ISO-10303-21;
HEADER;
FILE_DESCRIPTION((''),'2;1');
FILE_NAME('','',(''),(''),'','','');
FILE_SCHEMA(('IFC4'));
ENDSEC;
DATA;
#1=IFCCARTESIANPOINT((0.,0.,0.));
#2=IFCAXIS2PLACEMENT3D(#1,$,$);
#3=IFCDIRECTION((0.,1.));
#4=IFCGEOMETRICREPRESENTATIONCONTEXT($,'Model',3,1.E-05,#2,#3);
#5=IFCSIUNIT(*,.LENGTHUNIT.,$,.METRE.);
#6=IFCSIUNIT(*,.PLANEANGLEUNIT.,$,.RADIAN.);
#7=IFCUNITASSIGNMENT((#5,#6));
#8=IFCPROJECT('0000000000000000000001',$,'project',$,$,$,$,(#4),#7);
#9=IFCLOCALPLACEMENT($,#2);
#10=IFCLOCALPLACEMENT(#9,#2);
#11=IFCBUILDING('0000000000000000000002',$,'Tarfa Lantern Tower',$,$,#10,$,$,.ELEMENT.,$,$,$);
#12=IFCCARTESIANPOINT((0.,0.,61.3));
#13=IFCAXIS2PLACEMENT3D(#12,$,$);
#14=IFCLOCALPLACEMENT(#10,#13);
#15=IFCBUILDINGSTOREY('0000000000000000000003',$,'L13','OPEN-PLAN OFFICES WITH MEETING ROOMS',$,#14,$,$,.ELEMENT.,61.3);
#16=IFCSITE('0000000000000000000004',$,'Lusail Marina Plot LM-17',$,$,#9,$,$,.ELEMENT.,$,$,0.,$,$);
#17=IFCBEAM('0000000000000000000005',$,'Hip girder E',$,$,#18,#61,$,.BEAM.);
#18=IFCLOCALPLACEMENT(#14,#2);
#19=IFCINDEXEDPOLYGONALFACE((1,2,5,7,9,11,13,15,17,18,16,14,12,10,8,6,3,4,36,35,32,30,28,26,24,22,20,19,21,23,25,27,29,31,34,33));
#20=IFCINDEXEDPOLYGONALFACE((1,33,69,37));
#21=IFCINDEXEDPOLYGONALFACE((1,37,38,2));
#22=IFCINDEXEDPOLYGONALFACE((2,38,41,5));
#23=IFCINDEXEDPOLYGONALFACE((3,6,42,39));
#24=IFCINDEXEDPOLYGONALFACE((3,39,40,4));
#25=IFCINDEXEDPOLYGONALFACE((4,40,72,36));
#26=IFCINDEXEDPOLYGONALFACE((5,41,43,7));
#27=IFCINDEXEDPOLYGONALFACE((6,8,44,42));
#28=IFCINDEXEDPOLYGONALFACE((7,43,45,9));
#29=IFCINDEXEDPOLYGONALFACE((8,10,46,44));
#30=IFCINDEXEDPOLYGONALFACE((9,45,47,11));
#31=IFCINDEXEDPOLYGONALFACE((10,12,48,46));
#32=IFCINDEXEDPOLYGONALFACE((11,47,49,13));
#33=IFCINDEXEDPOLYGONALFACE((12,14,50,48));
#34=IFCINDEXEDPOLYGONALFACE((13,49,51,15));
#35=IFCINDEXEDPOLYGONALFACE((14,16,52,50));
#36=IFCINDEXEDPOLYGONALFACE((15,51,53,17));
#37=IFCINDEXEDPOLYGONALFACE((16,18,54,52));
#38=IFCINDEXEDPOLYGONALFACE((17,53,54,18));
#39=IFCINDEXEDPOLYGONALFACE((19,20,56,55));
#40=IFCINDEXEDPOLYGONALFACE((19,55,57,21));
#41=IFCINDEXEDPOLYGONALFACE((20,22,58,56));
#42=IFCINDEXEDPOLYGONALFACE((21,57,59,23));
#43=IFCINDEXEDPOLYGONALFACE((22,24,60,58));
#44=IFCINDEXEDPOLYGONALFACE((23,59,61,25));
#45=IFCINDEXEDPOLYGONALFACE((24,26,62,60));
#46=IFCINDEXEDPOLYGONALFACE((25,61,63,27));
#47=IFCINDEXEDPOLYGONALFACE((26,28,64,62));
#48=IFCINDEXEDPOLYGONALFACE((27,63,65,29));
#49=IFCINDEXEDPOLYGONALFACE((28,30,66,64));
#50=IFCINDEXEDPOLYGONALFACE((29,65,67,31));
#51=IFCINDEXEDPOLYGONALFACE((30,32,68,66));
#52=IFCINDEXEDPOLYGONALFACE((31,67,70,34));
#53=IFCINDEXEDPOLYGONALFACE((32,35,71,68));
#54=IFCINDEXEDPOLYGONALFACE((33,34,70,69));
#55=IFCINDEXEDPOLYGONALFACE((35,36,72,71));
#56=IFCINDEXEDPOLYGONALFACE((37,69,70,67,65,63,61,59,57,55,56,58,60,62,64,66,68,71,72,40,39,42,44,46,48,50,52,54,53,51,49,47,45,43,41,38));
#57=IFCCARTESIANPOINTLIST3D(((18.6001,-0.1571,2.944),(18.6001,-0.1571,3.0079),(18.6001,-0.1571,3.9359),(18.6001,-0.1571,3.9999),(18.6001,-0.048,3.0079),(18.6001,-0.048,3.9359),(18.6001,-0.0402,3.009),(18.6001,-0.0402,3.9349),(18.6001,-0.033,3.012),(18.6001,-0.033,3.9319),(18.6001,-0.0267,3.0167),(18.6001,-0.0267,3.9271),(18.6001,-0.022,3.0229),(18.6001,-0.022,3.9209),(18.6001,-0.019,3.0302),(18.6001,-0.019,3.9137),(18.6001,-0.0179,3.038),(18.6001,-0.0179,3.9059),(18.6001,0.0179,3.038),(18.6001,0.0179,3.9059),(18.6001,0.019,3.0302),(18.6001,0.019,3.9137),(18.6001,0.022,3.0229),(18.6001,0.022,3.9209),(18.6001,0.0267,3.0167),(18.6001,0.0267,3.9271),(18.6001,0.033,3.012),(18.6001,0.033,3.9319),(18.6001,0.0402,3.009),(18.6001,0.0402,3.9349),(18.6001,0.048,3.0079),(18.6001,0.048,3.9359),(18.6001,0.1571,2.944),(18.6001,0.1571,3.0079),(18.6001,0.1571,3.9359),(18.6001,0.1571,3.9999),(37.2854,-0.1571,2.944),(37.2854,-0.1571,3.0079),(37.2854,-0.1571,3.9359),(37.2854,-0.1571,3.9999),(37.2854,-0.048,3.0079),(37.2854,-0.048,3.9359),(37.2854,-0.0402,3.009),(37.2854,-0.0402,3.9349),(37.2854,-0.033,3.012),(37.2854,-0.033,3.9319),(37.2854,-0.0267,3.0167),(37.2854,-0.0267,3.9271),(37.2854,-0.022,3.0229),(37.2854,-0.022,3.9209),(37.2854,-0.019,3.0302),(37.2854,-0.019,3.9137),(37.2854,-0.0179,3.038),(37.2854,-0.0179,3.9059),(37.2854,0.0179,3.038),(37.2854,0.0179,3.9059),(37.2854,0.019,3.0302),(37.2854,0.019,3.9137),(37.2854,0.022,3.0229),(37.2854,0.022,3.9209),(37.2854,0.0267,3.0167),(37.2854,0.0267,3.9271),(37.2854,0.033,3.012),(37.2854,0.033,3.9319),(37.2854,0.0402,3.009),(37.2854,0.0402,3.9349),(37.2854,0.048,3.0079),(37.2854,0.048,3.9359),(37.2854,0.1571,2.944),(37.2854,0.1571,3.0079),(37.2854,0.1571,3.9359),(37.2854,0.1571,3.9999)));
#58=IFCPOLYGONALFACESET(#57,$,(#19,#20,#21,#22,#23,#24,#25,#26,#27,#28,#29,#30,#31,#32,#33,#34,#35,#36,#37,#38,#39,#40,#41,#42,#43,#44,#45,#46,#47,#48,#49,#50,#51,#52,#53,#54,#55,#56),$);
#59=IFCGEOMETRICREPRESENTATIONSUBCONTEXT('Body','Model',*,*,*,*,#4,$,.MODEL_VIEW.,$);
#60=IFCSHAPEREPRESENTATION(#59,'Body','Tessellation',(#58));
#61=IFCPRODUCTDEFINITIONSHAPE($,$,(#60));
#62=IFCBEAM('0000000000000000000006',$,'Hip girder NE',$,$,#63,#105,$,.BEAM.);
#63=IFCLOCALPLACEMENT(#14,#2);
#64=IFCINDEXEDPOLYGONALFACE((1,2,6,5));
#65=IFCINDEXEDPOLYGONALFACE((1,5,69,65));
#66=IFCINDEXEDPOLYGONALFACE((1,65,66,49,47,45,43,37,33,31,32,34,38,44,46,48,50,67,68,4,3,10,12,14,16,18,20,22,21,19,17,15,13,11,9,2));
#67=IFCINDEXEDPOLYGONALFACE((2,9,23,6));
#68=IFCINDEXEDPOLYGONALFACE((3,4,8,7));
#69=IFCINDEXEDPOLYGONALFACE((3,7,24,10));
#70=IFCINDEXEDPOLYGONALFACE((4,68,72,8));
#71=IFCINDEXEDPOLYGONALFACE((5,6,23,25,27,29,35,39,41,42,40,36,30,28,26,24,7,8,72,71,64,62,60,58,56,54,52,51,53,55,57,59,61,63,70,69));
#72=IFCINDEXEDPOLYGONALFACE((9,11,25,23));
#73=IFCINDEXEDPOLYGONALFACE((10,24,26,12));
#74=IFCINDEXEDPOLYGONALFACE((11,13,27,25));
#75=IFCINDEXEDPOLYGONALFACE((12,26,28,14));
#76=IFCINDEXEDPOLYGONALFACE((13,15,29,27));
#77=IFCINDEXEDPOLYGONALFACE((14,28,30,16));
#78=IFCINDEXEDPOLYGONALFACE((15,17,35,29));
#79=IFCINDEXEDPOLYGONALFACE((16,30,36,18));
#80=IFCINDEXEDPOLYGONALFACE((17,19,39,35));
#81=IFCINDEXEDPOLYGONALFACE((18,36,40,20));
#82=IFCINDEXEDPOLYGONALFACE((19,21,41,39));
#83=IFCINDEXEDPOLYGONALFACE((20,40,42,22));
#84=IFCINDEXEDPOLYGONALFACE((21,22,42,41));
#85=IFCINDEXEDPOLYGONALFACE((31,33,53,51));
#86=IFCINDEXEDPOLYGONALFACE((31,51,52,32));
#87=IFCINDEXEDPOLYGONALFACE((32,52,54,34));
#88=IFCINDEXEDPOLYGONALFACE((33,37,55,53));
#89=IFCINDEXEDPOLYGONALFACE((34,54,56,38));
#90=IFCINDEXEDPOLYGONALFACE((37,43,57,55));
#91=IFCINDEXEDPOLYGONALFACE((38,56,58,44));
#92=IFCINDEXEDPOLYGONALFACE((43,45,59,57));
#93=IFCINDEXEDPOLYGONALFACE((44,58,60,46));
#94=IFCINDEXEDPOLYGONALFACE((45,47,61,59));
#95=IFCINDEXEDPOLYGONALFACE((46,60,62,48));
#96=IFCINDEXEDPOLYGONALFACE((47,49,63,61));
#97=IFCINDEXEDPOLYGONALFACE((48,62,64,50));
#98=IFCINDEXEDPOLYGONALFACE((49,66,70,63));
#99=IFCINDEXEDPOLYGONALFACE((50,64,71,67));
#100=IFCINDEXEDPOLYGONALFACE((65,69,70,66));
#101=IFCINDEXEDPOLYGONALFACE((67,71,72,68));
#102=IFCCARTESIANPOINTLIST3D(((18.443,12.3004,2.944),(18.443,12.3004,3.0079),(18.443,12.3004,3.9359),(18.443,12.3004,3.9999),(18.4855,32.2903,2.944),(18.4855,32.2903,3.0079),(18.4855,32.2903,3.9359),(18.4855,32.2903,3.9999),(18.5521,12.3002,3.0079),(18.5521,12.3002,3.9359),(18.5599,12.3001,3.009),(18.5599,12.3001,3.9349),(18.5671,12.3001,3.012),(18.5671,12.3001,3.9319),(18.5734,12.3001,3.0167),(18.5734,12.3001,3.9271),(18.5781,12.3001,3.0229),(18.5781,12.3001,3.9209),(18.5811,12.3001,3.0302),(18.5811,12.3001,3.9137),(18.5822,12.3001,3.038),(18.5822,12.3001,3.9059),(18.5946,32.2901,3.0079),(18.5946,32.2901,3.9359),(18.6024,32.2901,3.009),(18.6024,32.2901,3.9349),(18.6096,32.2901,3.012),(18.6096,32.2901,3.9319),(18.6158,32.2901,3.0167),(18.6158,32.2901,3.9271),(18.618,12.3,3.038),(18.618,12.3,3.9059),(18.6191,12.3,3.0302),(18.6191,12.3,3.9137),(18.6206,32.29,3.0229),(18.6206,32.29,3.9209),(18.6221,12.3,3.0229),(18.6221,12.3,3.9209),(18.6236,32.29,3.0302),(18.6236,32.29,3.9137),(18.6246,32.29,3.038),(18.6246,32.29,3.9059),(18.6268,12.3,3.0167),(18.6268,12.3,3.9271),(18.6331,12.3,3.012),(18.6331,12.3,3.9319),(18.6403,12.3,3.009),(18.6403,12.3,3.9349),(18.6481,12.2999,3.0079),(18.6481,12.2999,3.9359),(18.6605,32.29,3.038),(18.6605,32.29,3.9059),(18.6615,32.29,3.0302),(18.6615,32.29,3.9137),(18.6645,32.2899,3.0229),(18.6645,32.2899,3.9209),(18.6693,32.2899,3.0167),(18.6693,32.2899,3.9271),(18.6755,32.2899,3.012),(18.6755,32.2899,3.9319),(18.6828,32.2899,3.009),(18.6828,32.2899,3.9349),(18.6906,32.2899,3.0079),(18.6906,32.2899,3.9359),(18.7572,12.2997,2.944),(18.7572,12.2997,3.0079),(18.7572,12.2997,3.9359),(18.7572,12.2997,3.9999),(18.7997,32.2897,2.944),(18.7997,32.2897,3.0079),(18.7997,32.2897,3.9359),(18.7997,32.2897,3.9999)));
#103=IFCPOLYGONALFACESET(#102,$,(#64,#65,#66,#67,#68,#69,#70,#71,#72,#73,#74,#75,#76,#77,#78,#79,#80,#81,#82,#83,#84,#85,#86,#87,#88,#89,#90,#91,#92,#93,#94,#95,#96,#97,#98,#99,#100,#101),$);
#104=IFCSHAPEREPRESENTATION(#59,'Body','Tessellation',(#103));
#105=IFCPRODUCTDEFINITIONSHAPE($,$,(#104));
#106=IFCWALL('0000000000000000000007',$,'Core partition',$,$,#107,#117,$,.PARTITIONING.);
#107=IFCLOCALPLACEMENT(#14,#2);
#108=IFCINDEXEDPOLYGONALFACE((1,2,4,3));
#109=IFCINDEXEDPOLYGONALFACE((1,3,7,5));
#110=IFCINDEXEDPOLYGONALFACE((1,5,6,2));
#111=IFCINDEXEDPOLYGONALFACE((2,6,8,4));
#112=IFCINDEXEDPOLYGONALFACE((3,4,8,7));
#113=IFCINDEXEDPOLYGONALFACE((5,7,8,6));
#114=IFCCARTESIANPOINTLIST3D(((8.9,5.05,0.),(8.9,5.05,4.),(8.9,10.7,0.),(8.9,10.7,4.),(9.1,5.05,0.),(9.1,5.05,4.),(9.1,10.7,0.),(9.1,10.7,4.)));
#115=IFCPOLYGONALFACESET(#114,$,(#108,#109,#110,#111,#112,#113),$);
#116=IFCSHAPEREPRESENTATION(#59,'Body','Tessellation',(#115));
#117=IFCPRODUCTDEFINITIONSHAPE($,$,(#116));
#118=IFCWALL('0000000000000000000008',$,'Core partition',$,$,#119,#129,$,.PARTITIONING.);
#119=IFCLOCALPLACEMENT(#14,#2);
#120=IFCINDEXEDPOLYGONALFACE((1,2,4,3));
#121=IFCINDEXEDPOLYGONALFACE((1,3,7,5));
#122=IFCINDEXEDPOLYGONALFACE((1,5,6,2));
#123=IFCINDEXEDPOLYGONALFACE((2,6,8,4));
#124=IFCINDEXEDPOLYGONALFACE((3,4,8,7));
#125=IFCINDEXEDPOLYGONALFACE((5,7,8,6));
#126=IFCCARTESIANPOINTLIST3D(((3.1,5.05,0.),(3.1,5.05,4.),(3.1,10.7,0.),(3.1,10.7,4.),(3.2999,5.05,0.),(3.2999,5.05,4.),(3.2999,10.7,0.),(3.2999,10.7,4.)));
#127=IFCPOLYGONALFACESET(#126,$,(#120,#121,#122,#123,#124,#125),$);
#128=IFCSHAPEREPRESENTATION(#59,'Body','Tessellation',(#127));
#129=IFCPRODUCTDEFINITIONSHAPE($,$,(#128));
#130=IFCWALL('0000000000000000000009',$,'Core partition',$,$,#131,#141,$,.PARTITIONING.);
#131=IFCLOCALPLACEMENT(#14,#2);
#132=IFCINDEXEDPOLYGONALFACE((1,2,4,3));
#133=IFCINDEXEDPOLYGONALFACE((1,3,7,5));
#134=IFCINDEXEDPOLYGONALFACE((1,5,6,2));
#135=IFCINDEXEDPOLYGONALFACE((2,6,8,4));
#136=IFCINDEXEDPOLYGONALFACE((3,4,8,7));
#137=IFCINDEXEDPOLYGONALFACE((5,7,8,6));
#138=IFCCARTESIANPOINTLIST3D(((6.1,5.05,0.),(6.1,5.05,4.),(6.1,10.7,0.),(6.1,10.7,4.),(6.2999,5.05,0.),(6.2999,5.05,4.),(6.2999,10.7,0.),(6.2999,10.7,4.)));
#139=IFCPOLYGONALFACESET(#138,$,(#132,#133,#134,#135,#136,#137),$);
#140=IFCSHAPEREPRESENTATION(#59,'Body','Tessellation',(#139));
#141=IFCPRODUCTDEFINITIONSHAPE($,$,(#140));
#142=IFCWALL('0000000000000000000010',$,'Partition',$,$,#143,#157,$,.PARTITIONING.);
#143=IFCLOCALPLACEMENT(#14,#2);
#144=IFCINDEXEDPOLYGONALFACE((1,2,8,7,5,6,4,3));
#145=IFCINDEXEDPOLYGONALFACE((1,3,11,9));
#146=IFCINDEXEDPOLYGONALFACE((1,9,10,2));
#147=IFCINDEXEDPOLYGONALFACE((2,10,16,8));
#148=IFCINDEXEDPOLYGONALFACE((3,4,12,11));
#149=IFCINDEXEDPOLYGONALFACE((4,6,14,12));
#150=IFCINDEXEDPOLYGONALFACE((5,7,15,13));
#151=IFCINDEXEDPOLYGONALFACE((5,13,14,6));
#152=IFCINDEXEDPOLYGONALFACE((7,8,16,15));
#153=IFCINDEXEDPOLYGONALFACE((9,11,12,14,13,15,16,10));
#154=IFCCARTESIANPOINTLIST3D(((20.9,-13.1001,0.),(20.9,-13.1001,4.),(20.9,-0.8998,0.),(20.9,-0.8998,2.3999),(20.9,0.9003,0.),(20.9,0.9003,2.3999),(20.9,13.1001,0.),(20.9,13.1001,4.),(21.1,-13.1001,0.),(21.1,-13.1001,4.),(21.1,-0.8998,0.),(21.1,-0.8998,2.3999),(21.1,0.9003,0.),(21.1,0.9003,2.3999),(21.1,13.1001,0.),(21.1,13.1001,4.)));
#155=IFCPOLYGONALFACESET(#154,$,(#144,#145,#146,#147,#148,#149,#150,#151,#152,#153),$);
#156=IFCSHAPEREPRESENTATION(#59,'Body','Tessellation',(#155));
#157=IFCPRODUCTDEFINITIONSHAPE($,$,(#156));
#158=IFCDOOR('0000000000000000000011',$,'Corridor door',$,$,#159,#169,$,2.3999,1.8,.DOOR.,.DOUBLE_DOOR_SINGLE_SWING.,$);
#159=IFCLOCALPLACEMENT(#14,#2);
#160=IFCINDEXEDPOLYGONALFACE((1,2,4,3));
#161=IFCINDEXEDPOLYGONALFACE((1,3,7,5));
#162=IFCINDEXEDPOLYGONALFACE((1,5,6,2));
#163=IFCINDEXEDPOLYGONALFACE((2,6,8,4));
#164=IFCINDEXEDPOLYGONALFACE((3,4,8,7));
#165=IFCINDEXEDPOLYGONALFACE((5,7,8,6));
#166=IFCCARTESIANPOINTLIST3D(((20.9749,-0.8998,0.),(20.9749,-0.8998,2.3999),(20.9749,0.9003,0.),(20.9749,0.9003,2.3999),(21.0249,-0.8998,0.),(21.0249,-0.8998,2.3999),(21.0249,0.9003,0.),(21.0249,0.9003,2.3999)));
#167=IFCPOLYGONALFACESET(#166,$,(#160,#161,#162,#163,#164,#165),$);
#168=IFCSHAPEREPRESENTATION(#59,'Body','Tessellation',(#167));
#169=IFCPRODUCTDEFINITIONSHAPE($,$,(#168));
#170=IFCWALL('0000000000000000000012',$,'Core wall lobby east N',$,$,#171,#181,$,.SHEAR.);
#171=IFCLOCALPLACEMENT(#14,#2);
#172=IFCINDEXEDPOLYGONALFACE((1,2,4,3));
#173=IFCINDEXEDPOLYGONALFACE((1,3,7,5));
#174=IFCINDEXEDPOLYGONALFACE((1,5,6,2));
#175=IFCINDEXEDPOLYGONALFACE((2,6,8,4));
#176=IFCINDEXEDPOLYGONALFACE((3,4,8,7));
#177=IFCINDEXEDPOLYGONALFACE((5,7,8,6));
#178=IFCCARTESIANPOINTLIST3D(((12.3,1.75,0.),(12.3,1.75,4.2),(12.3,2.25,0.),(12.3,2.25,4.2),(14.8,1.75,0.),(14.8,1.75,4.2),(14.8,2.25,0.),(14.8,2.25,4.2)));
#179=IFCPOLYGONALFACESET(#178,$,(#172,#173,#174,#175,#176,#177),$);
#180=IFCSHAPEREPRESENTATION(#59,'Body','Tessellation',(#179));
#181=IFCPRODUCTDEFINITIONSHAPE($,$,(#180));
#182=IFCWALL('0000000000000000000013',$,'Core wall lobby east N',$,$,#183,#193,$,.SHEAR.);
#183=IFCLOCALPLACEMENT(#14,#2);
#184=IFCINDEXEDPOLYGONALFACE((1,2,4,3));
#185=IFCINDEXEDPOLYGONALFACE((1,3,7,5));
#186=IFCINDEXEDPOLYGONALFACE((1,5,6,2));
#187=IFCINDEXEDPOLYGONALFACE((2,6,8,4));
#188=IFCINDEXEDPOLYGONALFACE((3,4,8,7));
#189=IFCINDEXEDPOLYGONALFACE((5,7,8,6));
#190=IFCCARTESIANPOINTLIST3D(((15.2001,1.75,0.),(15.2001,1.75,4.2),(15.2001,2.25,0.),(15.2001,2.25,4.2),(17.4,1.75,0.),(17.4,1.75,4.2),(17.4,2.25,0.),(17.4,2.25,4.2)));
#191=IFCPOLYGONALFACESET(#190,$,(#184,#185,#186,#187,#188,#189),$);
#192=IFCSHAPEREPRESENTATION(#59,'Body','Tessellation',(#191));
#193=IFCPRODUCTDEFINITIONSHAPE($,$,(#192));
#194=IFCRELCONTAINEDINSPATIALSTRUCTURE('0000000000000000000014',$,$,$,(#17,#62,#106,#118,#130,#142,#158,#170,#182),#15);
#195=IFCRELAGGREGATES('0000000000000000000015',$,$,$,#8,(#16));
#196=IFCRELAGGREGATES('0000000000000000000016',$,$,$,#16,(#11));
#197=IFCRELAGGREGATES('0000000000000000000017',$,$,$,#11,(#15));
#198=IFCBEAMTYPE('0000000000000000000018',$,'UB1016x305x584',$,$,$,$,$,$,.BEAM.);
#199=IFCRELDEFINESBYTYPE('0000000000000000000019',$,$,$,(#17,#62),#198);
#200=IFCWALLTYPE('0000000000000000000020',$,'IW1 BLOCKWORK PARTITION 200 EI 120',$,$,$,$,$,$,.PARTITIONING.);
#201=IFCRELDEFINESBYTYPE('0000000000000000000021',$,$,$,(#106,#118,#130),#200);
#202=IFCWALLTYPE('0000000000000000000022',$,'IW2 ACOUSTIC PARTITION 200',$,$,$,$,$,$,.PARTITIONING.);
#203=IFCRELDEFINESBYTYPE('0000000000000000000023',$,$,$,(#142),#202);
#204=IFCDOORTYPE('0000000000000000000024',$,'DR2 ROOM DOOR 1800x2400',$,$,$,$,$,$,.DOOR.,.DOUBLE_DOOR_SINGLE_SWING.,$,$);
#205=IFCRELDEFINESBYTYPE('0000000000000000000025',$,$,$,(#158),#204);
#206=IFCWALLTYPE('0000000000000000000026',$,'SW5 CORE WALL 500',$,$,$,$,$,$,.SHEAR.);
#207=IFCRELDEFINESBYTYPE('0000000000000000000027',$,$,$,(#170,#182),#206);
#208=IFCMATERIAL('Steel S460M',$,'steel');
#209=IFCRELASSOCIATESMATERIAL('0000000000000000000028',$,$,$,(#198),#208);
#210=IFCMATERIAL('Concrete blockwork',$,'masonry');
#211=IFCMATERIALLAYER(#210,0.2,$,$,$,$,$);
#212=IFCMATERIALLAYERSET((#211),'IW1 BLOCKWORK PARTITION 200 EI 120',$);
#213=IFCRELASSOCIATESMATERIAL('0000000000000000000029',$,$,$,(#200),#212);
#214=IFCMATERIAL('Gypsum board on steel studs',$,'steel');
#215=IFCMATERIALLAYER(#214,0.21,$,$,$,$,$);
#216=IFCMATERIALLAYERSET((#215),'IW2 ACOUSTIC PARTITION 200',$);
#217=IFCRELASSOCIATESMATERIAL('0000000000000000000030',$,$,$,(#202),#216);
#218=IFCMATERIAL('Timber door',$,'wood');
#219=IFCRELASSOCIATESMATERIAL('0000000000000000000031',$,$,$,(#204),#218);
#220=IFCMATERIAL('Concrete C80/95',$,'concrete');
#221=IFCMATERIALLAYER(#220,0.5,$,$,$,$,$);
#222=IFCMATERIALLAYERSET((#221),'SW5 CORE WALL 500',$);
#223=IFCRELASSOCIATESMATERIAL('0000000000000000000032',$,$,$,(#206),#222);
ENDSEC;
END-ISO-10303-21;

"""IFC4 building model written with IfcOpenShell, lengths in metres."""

from ifc_helpers import new_model, si_unit, direction, frame, frame_2d, origin, origin_2d, place, context, subcontext, project, spatial, rectangle, i_section, extrude, material, layer, layer_set, material_profile, profile_set, type_object, element, fill, save


model = new_model("IFC4")

# Units and contexts
model_context = context("Model", 3, precision=1e-05, world=origin(), true_north=direction((0.0, 1.0)))
body_context = subcontext(model_context, "Body", "Model", "MODEL_VIEW")
ifc_project = project(units=[si_unit("LENGTHUNIT", "METRE"), si_unit("PLANEANGLEUNIT", "RADIAN")], contexts=[model_context])

# Site, building, storey
site_placement = place(None, origin())
site = spatial("IfcSite", under=ifc_project, at=site_placement, Name="Lusail Marina Plot LM-17", CompositionType="ELEMENT", RefElevation=0.0)
building_placement = place(site_placement, origin())
building = spatial("IfcBuilding", under=site, at=building_placement, Name="Tarfa Lantern Tower", CompositionType="ELEMENT")
storey_placement = place(building_placement, frame((0.0, 0.0, 61.3)))
storey = spatial("IfcBuildingStorey", under=building, at=storey_placement, Name="L13", Description="OPEN-PLAN OFFICES WITH MEETING ROOMS", CompositionType="ELEMENT", Elevation=61.3)

# Beams
ifc_material_1 = material(Name="Steel S460M", Category="steel")
ifc_material_profile = material_profile(ifc_material_1, i_section(OverallWidth=0.3142, OverallDepth=1.0559, WebThickness=0.0359, FlangeThickness=0.064, FilletRadius=0.03, at=origin_2d()), Name="UB1016x305x584")
ifc_profile_set = profile_set([ifc_material_profile], Name="Steel S460M")
beam_type = type_object("IfcBeamType", Name="UB1016x305x584", PredefinedType="BEAM", material=ifc_profile_set)
beam_1_placement = place(storey_placement, frame((18.6001, 0.0, 3.4719), z_axis=(1.0, 0.0, 0.0), x_axis=(0.0, 1.0, 0.0)))
element("IfcBeam", 1, at=beam_1_placement, inside=storey, type_object=beam_type, Name="Hip girder E", PredefinedType="BEAM", context=body_context, shape_type="SweptSolid", body=[
    extrude(i_section(OverallWidth=0.3142, OverallDepth=1.0559, WebThickness=0.0359, FlangeThickness=0.064, FilletRadius=0.03, at=origin_2d()), origin(), (0.0, 0.0, 1.0), 18.6853),
])
beam_2_placement = place(storey_placement, frame((18.6001, 12.3, 3.4719), z_axis=(0.002125, 0.999998, 0.0), x_axis=(-0.999998, 0.002125, 0.0)))
element("IfcBeam", 2, at=beam_2_placement, inside=storey, type_object=beam_type, Name="Hip girder NE", PredefinedType="BEAM", context=body_context, shape_type="SweptSolid", body=[
    extrude(i_section(OverallWidth=0.3142, OverallDepth=1.0559, WebThickness=0.0359, FlangeThickness=0.064, FilletRadius=0.03, at=origin_2d()), origin(), (0.0, 0.0, 1.0), 19.99),
])

# Walls
ifc_material_2 = material(Name="Concrete blockwork", Category="masonry")
ifc_layer_1 = layer(ifc_material_2, 0.2)
ifc_layer_set_1 = layer_set([ifc_layer_1], Name="IW1 BLOCKWORK PARTITION 200 EI 120")
wall_type_1 = type_object("IfcWallType", Name="IW1 BLOCKWORK PARTITION 200 EI 120", PredefinedType="PARTITIONING", material=ifc_layer_set_1)
for number, where, z_axis, x_axis, name in (
    (3, (9.0, 5.05, 0.0), (0.0, 0.0, 1.0), (0.0, 1.0, 0.0), "Core partition"),
    (4, (3.2, 5.05, 0.0), (0.0, 0.0, 1.0), (0.0, 1.0, 0.0), "Core partition"),
    (5, (6.2, 5.05, 0.0), (0.0, 0.0, 1.0), (0.0, 1.0, 0.0), "Core partition"),
):
    element("IfcWall", number, at=place(storey_placement, frame(where, z_axis=z_axis, x_axis=x_axis)), inside=storey, type_object=wall_type_1, Name=name, PredefinedType="PARTITIONING", context=body_context, shape_type="SweptSolid", body=[
        extrude(rectangle(XDim=5.6499, YDim=0.2, at=frame_2d((2.825, 0.0))), origin(), (0.0, 0.0, 1.0), 4.0),
    ])

# Wall, opening, door
ifc_material_3 = material(Name="Gypsum board on steel studs", Category="steel")
ifc_layer_2 = layer(ifc_material_3, 0.21)
ifc_layer_set_2 = layer_set([ifc_layer_2], Name="IW2 ACOUSTIC PARTITION 200")
wall_type_2 = type_object("IfcWallType", Name="IW2 ACOUSTIC PARTITION 200", PredefinedType="PARTITIONING", material=ifc_layer_set_2)
wall_1_placement = place(storey_placement, frame((21.0, 13.1001, 0.0), z_axis=(0.0, 0.0, 1.0), x_axis=(0.0, -1.0, 0.0)))
wall_1 = element("IfcWall", 6, at=wall_1_placement, inside=storey, type_object=wall_type_2, Name="Partition", PredefinedType="PARTITIONING", context=body_context, shape_type="SweptSolid", body=[
    extrude(rectangle(XDim=26.2002, YDim=0.2, at=frame_2d((13.1001, 0.0))), origin(), (0.0, 0.0, 1.0), 4.0),
])
opening_placement = place(wall_1_placement, frame((12.2, 0.0, 0.0)))
opening = element("IfcOpeningElement", 7, at=opening_placement, cuts=wall_1, PredefinedType="OPENING", context=body_context, shape_type="SweptSolid", body=[
    extrude(rectangle(XDim=1.8, YDim=2.3999, at=frame_2d((0.8999, 1.2))), frame((0.0, 0.1099, 0.0), z_axis=(0.0, -1.0, 0.0), x_axis=(1.0, 0.0, 0.0)), (0.0, 0.0, 1.0), 0.22),
])
ifc_material_4 = material(Name="Timber door", Category="wood")
door_type = type_object("IfcDoorType", Name="DR2 ROOM DOOR 1800x2400", OperationType="DOUBLE_DOOR_SINGLE_SWING", PredefinedType="DOOR", material=ifc_material_4)
door_placement = place(opening_placement, origin())
door = element("IfcDoor", 8, at=door_placement, inside=storey, type_object=door_type, Name="Corridor door", OperationType="DOUBLE_DOOR_SINGLE_SWING", OverallHeight=2.3999, OverallWidth=1.8, PredefinedType="DOOR", context=body_context, shape_type="SweptSolid", body=[
    extrude(rectangle(XDim=1.8, YDim=2.3999, at=frame_2d((0.8999, 1.2))), frame((0.0, 0.0249, 0.0), z_axis=(0.0, -1.0, 0.0), x_axis=(1.0, 0.0, 0.0)), (0.0, 0.0, 1.0), 0.05),
])
fill(opening, door)

# Walls
ifc_material_5 = material(Name="Concrete C80/95", Category="concrete")
ifc_layer_3 = layer(ifc_material_5, 0.5)
ifc_layer_set_3 = layer_set([ifc_layer_3], Name="SW5 CORE WALL 500")
wall_type_3 = type_object("IfcWallType", Name="SW5 CORE WALL 500", PredefinedType="SHEAR", material=ifc_layer_set_3)
wall_2_placement = place(storey_placement, frame((12.3, 2.0, 0.0), z_axis=(0.0, 0.0, 1.0), x_axis=(1.0, 0.0, 0.0)))
element("IfcWall", 9, at=wall_2_placement, inside=storey, type_object=wall_type_3, Name="Core wall lobby east N", PredefinedType="SHEAR", context=body_context, shape_type="SweptSolid", body=[
    extrude(rectangle(XDim=2.5, YDim=0.5, at=frame_2d((1.25, 0.0))), origin(), (0.0, 0.0, 1.0), 4.2),
])
wall_3_placement = place(storey_placement, frame((15.2, 2.0, 0.0), z_axis=(0.0, 0.0, 1.0), x_axis=(1.0, 0.0, 0.0)))
element("IfcWall", 10, at=wall_3_placement, inside=storey, type_object=wall_type_3, Name="Core wall lobby east N", PredefinedType="SHEAR", context=body_context, shape_type="SweptSolid", body=[
    extrude(rectangle(XDim=2.2, YDim=0.5, at=frame_2d((1.1001, 0.0))), origin(), (0.0, 0.0, 1.0), 4.2),
])

save(model, "model.ifc")
